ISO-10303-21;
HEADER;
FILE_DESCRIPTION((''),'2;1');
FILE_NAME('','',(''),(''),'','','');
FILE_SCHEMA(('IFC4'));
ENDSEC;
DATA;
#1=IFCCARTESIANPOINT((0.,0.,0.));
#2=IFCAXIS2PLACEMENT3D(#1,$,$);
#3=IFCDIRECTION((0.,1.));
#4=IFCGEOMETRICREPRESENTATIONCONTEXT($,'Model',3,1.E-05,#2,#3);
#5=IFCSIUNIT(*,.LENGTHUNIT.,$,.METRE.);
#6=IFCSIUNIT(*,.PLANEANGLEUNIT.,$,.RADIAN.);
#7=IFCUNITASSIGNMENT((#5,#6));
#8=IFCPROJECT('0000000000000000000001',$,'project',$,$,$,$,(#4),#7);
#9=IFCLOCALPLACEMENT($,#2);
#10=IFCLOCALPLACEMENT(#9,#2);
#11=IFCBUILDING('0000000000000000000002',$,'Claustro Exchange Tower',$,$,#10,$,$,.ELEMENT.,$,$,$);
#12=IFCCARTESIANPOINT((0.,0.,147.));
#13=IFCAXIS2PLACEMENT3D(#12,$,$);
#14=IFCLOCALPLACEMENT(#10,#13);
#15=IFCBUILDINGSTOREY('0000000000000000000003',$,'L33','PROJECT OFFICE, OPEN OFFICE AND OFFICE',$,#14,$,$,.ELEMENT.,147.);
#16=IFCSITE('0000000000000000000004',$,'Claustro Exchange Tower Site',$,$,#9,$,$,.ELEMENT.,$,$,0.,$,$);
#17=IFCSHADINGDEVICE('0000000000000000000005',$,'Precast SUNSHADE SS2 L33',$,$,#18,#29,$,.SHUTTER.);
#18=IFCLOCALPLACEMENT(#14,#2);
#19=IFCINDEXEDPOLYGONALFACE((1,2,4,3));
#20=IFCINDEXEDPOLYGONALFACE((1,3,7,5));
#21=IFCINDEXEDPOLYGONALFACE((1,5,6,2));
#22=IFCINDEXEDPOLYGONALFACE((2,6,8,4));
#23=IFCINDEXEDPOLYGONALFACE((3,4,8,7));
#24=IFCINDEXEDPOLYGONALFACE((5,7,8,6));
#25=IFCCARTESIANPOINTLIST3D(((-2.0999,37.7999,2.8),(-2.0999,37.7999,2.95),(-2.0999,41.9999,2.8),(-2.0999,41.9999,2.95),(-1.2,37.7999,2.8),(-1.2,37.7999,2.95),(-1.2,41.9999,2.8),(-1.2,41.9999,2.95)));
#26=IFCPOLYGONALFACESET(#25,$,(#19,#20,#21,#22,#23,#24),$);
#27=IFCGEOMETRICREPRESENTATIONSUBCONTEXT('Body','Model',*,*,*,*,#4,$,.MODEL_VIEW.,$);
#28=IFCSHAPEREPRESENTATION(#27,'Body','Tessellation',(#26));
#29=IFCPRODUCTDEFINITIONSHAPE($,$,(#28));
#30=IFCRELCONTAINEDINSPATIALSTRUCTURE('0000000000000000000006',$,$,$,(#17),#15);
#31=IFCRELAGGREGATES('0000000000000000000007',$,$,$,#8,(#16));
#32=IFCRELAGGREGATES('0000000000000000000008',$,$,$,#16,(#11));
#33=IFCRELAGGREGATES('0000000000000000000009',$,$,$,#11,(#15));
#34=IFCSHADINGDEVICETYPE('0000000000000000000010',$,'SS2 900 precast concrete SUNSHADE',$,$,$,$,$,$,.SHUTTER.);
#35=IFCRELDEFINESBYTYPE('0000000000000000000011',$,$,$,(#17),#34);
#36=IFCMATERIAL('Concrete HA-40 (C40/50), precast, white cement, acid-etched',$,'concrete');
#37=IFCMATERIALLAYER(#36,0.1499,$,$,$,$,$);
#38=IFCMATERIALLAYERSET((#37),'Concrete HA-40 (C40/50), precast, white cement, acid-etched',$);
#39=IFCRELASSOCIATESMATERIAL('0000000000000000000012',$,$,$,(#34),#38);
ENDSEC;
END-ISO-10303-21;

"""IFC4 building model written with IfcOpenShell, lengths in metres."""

from ifc_helpers import new_model, si_unit, direction, frame, origin, origin_2d, place, context, subcontext, project, spatial, rectangle, extrude, material, layer, layer_set, type_object, element, save


model = new_model("IFC4")

# Units and contexts
model_context = context("Model", 3, precision=1e-05, world=origin(), true_north=direction((0.0, 1.0)))
body_context = subcontext(model_context, "Body", "Model", "MODEL_VIEW")
ifc_project = project(units=[si_unit("LENGTHUNIT", "METRE"), si_unit("PLANEANGLEUNIT", "RADIAN")], contexts=[model_context])

# Site, building, storey
site_placement = place(None, origin())
site = spatial("IfcSite", under=ifc_project, at=site_placement, Name="Claustro Exchange Tower Site", CompositionType="ELEMENT", RefElevation=0.0)
building_placement = place(site_placement, origin())
building = spatial("IfcBuilding", under=site, at=building_placement, Name="Claustro Exchange Tower", CompositionType="ELEMENT")
storey_placement = place(building_placement, frame((0.0, 0.0, 147.0)))
storey = spatial("IfcBuildingStorey", under=building, at=storey_placement, Name="L33", Description="PROJECT OFFICE, OPEN OFFICE AND OFFICE", CompositionType="ELEMENT", Elevation=147.0)

# Shading device
ifc_material_1 = material(Name="Concrete HA-40 (C40/50), precast, white cement, acid-etched", Category="concrete")
ifc_layer_1 = layer(ifc_material_1, 0.1499)
ifc_layer_set_1 = layer_set([ifc_layer_1], Name="Concrete HA-40 (C40/50), precast, white cement, acid-etched")
shading_device_type = type_object("IfcShadingDeviceType", Name="SS2 900 precast concrete SUNSHADE", PredefinedType="SHUTTER", material=ifc_layer_set_1)
shading_device_placement = place(storey_placement, frame((-1.6499, 39.8999, 2.8), z_axis=(0.0, 0.0, 1.0), x_axis=(0.0, 1.0, 0.0)))
element("IfcShadingDevice", 1, at=shading_device_placement, inside=storey, type_object=shading_device_type, Name="Precast SUNSHADE SS2 L33", PredefinedType="SHUTTER", context=body_context, shape_type="SweptSolid", body=[
    extrude(rectangle(XDim=4.2, YDim=0.8999, at=origin_2d()), origin(), (0.0, 0.0, 1.0), 0.1499),
])

save(model, "model.ifc")
